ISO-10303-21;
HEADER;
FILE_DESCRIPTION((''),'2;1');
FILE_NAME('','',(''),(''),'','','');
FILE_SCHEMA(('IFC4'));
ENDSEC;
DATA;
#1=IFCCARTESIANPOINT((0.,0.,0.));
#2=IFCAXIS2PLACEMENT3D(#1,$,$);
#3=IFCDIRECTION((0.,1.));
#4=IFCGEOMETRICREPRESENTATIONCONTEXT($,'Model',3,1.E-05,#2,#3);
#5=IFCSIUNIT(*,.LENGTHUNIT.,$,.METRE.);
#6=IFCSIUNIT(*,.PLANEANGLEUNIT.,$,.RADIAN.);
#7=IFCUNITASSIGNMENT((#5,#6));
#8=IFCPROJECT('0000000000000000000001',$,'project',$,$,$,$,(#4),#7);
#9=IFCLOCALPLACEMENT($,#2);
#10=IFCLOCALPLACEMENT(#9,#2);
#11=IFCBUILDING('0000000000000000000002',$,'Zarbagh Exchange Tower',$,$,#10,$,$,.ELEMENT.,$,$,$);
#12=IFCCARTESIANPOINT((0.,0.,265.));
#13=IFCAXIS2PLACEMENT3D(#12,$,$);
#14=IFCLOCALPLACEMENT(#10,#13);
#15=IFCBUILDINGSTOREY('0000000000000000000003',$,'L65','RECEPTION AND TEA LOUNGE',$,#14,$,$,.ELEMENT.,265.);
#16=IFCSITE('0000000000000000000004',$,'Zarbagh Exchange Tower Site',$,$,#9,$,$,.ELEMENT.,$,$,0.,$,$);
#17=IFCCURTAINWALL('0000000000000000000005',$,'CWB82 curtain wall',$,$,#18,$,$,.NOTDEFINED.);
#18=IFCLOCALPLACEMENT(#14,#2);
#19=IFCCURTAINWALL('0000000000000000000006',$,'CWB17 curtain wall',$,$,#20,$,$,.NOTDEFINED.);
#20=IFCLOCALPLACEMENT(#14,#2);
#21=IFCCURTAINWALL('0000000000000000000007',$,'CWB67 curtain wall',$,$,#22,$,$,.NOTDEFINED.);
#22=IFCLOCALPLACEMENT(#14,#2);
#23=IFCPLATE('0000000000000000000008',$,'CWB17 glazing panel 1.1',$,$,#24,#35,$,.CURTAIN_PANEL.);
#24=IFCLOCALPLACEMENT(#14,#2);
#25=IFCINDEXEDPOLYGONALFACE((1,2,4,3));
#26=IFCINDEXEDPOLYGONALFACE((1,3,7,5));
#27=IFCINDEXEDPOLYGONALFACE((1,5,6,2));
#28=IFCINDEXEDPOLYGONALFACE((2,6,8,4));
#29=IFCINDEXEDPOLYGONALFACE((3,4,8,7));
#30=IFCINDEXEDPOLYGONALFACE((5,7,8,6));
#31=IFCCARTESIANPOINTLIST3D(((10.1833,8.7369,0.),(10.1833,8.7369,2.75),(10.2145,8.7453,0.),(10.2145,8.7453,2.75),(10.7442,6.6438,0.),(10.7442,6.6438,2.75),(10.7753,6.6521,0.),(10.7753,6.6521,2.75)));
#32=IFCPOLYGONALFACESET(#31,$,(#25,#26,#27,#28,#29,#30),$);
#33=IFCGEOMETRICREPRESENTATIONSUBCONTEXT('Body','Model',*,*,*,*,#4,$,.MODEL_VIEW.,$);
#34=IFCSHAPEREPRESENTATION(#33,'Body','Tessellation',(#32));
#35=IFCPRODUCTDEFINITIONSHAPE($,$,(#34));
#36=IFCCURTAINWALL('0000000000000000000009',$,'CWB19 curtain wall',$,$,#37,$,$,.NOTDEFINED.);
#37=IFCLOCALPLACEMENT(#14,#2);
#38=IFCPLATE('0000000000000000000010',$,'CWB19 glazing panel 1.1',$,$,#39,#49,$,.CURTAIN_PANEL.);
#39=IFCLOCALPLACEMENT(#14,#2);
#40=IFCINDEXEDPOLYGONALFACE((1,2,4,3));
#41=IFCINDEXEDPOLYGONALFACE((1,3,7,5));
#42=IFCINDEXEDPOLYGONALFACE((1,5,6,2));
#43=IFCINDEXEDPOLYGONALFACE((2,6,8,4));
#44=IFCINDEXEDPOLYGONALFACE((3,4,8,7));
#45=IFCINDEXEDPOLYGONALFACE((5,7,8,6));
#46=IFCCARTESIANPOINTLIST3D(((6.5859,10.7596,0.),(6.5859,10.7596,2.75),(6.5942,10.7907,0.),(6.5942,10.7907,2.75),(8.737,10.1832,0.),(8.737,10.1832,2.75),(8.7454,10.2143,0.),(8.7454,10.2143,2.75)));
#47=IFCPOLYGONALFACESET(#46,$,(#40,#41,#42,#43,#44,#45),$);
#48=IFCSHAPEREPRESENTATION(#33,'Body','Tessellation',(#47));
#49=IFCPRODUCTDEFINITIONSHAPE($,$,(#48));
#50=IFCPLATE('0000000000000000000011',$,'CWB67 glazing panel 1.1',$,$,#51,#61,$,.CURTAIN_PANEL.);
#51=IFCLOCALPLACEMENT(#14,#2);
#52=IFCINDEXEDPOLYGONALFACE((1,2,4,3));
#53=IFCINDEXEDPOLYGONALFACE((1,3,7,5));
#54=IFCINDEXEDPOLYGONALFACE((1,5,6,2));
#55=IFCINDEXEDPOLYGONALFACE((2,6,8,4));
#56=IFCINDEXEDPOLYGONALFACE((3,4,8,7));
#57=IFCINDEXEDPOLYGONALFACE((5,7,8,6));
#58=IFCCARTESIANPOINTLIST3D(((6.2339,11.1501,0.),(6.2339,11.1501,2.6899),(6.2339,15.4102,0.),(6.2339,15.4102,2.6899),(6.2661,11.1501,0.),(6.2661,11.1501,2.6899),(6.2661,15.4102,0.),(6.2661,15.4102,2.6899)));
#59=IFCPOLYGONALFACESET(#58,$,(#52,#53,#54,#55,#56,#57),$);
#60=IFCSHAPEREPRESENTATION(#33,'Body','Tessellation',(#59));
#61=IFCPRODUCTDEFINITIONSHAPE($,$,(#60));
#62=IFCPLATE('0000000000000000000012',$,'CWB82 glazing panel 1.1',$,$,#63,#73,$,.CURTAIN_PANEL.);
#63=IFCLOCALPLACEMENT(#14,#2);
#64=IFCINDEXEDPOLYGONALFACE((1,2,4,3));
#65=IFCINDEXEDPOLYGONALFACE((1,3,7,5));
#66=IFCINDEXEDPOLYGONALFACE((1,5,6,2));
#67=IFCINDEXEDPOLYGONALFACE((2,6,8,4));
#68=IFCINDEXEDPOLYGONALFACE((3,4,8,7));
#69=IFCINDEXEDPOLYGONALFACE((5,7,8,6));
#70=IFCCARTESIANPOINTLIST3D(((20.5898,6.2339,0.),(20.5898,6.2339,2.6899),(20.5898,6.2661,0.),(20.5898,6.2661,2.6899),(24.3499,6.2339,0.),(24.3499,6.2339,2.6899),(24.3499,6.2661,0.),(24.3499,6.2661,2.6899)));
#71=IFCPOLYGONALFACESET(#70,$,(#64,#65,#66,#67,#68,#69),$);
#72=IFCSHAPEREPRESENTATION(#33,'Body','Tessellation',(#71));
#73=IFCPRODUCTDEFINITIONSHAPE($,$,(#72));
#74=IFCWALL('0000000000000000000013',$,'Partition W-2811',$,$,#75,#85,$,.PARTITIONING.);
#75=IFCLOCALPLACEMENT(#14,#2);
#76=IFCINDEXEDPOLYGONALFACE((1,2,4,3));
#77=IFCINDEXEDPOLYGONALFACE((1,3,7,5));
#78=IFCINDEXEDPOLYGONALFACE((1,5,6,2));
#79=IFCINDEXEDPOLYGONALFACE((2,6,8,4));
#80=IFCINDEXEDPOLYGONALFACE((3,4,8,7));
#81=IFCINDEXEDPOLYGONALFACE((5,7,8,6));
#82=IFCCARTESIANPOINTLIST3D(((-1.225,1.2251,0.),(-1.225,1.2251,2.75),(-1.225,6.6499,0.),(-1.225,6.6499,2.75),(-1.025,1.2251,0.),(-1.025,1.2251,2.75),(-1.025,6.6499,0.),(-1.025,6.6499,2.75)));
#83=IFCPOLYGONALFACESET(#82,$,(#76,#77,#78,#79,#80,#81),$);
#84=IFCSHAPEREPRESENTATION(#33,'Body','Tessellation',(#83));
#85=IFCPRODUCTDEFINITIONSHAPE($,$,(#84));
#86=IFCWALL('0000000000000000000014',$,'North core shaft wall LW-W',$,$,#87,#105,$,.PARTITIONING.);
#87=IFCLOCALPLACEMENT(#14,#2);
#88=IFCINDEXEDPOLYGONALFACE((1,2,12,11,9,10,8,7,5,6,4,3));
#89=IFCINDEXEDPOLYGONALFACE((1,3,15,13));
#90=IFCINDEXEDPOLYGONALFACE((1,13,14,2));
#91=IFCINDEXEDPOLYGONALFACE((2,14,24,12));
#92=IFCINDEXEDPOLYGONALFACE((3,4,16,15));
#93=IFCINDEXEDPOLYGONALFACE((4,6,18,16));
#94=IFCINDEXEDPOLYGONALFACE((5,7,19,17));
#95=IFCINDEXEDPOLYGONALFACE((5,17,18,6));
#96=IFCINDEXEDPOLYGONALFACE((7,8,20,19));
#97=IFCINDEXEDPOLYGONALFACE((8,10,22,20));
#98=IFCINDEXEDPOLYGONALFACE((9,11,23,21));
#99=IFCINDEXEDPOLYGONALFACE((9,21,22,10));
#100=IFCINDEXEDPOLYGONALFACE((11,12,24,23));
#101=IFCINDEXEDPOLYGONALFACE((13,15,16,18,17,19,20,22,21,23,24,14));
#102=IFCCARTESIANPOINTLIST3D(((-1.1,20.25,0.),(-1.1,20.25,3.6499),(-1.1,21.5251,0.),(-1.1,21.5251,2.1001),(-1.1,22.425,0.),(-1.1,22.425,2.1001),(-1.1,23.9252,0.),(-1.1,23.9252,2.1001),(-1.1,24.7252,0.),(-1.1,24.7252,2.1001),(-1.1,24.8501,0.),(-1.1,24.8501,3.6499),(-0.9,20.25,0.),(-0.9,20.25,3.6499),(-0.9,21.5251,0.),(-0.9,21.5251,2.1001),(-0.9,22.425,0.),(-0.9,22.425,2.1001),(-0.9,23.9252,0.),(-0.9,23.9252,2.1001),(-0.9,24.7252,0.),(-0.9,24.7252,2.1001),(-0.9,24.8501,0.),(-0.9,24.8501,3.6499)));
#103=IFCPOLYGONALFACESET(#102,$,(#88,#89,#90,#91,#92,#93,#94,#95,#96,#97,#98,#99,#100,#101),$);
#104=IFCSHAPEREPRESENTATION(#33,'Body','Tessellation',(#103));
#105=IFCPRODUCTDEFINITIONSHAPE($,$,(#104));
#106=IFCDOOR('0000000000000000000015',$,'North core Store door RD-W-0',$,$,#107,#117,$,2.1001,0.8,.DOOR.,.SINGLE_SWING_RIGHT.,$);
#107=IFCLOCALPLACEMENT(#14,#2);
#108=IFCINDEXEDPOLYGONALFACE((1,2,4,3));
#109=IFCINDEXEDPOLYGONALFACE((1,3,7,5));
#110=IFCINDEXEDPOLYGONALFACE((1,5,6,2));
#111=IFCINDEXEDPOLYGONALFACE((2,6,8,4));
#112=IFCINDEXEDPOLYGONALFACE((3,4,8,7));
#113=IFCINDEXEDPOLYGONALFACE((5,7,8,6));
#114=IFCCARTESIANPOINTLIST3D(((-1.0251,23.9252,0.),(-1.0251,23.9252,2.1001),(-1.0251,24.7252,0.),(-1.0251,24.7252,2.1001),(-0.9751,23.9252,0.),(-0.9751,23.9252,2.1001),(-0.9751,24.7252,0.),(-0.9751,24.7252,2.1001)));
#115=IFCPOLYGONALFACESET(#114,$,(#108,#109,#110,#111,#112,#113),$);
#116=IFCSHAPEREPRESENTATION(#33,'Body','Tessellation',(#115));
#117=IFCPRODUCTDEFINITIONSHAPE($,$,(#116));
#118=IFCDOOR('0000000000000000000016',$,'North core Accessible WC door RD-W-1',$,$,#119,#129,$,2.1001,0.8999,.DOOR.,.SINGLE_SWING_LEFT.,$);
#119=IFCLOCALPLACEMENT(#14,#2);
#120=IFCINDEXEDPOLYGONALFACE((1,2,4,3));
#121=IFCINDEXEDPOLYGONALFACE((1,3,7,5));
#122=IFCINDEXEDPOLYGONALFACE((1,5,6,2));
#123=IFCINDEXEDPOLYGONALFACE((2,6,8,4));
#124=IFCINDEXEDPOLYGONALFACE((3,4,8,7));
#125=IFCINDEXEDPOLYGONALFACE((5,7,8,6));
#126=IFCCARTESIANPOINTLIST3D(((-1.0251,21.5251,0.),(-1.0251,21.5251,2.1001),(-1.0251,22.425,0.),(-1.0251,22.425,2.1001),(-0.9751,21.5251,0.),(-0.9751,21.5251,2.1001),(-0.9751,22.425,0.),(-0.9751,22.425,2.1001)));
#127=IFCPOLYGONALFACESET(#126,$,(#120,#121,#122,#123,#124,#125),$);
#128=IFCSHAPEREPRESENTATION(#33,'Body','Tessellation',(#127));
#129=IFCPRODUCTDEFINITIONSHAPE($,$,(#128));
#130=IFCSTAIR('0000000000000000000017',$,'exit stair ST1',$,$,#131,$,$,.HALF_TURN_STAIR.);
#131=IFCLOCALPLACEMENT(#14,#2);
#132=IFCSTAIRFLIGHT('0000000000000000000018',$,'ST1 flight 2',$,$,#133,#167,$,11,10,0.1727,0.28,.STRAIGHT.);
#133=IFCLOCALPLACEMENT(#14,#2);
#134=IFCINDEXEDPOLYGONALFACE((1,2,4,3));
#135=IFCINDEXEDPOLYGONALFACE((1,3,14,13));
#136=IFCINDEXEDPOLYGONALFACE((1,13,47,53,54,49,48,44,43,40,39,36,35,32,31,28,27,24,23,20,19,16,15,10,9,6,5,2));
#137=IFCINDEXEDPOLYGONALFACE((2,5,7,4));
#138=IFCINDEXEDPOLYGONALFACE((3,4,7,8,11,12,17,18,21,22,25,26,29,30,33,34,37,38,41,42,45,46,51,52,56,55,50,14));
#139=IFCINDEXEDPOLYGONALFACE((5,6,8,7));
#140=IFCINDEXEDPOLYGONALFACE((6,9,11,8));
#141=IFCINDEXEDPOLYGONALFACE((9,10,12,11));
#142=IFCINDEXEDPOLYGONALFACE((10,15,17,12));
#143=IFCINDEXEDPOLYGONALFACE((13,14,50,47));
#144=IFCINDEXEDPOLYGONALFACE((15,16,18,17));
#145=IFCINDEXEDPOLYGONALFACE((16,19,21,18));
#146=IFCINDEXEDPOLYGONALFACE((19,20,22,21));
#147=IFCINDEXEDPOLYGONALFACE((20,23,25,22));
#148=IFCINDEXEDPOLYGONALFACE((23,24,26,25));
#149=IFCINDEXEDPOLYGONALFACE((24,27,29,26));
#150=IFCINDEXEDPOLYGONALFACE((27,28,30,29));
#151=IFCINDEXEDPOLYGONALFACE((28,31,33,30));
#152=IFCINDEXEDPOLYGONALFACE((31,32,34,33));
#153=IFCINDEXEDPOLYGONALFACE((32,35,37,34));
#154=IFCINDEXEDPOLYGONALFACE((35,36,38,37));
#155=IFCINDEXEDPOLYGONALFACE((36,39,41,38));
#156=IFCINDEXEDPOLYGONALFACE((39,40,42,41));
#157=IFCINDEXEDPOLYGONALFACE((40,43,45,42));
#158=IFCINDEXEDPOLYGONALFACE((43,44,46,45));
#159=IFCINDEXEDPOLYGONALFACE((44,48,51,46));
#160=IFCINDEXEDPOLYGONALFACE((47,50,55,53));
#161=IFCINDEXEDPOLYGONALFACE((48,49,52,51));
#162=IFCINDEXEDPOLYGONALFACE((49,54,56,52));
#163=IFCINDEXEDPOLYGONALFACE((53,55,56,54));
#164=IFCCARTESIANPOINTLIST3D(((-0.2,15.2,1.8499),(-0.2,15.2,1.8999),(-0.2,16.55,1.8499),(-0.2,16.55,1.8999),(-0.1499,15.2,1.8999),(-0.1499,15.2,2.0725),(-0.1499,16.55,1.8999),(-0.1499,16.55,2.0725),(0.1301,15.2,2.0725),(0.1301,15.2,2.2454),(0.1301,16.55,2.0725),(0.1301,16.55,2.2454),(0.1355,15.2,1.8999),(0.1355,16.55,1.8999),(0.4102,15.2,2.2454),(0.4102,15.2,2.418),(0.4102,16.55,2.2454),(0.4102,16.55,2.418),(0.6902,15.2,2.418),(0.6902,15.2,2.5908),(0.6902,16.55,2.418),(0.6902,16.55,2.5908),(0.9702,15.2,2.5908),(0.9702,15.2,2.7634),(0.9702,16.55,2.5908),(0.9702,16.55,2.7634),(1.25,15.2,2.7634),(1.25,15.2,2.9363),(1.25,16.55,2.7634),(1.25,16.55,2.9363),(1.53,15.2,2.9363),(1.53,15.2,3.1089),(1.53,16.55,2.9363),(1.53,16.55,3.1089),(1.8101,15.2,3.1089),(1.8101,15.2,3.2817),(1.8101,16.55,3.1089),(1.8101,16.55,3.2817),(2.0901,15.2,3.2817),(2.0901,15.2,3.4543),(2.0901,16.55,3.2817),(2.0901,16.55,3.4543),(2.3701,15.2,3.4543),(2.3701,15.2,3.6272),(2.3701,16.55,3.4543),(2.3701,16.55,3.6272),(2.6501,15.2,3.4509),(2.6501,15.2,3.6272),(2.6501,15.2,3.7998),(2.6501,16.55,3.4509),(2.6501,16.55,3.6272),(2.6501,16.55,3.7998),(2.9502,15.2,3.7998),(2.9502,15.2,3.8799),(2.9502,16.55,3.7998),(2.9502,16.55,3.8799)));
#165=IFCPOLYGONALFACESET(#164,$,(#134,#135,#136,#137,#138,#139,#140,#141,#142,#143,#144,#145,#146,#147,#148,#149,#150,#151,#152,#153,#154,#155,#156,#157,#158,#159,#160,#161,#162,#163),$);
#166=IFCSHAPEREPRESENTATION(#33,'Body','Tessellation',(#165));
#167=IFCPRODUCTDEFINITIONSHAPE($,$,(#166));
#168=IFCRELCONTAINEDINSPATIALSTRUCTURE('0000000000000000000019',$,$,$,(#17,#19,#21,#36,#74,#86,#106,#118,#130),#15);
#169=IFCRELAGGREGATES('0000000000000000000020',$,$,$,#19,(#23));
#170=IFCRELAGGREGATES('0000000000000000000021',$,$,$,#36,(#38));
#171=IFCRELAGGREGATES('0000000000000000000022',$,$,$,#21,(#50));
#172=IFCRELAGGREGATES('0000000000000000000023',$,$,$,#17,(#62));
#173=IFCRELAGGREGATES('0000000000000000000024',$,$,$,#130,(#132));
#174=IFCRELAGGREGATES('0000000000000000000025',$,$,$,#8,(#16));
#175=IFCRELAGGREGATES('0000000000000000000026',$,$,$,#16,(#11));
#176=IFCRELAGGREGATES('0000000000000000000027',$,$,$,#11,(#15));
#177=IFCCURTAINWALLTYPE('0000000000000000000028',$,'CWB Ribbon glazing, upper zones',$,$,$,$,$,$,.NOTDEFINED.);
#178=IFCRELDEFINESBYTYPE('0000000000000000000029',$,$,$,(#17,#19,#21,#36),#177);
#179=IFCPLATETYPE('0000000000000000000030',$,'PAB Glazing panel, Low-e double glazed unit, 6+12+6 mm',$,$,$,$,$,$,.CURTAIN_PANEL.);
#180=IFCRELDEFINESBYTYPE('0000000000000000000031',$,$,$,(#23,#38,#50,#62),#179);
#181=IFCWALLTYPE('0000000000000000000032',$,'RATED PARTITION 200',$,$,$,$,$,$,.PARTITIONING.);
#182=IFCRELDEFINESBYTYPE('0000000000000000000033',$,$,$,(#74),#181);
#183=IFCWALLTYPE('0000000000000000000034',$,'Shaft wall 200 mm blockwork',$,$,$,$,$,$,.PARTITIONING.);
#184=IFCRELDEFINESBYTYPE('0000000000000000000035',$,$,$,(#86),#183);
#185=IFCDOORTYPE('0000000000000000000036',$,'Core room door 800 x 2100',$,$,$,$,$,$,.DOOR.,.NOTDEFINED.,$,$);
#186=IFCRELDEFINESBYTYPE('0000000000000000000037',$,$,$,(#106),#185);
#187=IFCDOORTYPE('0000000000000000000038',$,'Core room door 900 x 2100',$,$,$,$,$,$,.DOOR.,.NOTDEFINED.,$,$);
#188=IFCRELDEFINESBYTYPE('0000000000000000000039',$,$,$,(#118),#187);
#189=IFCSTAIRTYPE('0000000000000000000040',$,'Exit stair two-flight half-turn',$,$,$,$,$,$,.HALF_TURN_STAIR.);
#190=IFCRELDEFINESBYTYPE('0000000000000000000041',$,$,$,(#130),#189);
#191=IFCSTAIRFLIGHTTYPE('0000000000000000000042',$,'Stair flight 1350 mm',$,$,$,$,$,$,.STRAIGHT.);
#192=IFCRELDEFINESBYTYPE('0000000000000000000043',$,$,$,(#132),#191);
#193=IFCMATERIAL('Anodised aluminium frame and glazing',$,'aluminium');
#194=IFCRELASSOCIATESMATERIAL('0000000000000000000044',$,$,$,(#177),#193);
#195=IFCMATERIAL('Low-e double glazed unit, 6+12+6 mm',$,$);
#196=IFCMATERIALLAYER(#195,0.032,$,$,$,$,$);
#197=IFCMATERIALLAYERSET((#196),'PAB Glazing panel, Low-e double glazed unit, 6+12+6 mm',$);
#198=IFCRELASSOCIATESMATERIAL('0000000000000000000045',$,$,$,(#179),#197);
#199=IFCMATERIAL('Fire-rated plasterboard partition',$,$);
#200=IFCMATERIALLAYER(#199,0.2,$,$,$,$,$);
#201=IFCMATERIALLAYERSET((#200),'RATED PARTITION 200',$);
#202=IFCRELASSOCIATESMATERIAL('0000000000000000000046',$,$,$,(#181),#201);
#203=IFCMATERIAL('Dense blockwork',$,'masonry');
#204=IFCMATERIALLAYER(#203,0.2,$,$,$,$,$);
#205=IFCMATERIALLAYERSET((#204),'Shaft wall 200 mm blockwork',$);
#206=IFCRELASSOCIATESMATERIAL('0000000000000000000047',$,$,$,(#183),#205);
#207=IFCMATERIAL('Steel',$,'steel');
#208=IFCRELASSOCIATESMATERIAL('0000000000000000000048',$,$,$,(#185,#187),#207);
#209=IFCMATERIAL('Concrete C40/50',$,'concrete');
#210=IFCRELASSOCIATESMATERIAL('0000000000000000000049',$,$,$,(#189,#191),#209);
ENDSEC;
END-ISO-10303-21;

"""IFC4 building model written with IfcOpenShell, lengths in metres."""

from ifc_helpers import new_model, si_unit, direction, frame, frame_2d, origin, place, context, subcontext, project, spatial, polyline, rectangle, outline, extrude, source, transform, mapped, material, layer, layer_set, type_object, element, fill, aggregate, save


model = new_model("IFC4")

# Units and contexts
model_context = context("Model", 3, precision=1e-05, world=origin(), true_north=direction((0.0, 1.0)))
body_context = subcontext(model_context, "Body", "Model", "MODEL_VIEW")
ifc_project = project(units=[si_unit("LENGTHUNIT", "METRE"), si_unit("PLANEANGLEUNIT", "RADIAN")], contexts=[model_context])

# Site, building, storey
site_placement = place(None, origin())
site = spatial("IfcSite", under=ifc_project, at=site_placement, Name="Zarbagh Exchange Tower Site", CompositionType="ELEMENT", RefElevation=0.0)
building_placement = place(site_placement, origin())
building = spatial("IfcBuilding", under=site, at=building_placement, Name="Zarbagh Exchange Tower", CompositionType="ELEMENT")
storey_placement = place(building_placement, frame((0.0, 0.0, 265.0)))
storey = spatial("IfcBuildingStorey", under=building, at=storey_placement, Name="L65", Description="RECEPTION AND TEA LOUNGE", CompositionType="ELEMENT", Elevation=265.0)

# Curtain wall
ifc_material_1 = material(Name="Anodised aluminium frame and glazing", Category="aluminium")
curtain_wall_type = type_object("IfcCurtainWallType", Name="CWB Ribbon glazing, upper zones", PredefinedType="NOTDEFINED", material=ifc_material_1)
curtain_wall_1_placement = place(storey_placement, origin())
curtain_wall_1 = element("IfcCurtainWall", 1, at=curtain_wall_1_placement, inside=storey, type_object=curtain_wall_type, Name="CWB82 curtain wall", PredefinedType="NOTDEFINED")
placement = place(storey_placement, origin())

# Curtain wall
curtain_wall_2_placement = place(storey_placement, origin())
curtain_wall_2 = element("IfcCurtainWall", 2, at=curtain_wall_2_placement, inside=storey, type_object=curtain_wall_type, Name="CWB17 curtain wall", PredefinedType="NOTDEFINED")

# Curtain wall
curtain_wall_3_placement = place(storey_placement, origin())
curtain_wall_3 = element("IfcCurtainWall", 3, at=curtain_wall_3_placement, inside=storey, type_object=curtain_wall_type, Name="CWB67 curtain wall", PredefinedType="NOTDEFINED")

# Shared definitions
ifc_material_2 = material(Name="Low-e double glazed unit, 6+12+6 mm")
ifc_layer_1 = layer(ifc_material_2, 0.032)
ifc_layer_set_1 = layer_set([ifc_layer_1], Name="PAB Glazing panel, Low-e double glazed unit, 6+12+6 mm")
plate_type = type_object("IfcPlateType", Name="PAB Glazing panel, Low-e double glazed unit, 6+12+6 mm", PredefinedType="CURTAIN_PANEL", material=ifc_layer_set_1)

# Plate
shared_shape_1 = source(origin(), body_context, "Body", "SweptSolid", [
    extrude(outline(polyline([(0.0, -0.0161), (2.167, -0.0161), (2.167, 0.0161), (0.0, 0.0161), (0.0, -0.0161)])), origin(), (0.0, 0.0, 1.0), 2.75),
])
plate_1 = element("IfcPlate", 4, at=placement, type_object=plate_type, Name="CWB17 glazing panel 1.1", PredefinedType="CURTAIN_PANEL", context=body_context, shape_type="MappedRepresentation", body=[
    mapped(shared_shape_1, transform((10.7598, 6.6479, 0.0), x_axis=(-0.258825, 0.965924, 0.0), y_axis=(-0.965924, -0.258825, 0.0), z_axis=(0.0, 0.0, 1.0))),
])
aggregate(curtain_wall_2, [plate_1])

# Curtain wall, plate
curtain_wall_4_placement = place(storey_placement, origin())
curtain_wall_4 = element("IfcCurtainWall", 5, at=curtain_wall_4_placement, inside=storey, type_object=curtain_wall_type, Name="CWB19 curtain wall", PredefinedType="NOTDEFINED")
shared_shape_2 = source(origin(), body_context, "Body", "SweptSolid", [
    extrude(outline(polyline([(0.0, -0.0161), (2.2271, -0.0161), (2.2271, 0.0161), (0.0, 0.0161), (0.0, -0.0161)])), origin(), (0.0, 0.0, 1.0), 2.75),
])
plate_2 = element("IfcPlate", 6, at=placement, type_object=plate_type, Name="CWB19 glazing panel 1.1", PredefinedType="CURTAIN_PANEL", context=body_context, shape_type="MappedRepresentation", body=[
    mapped(shared_shape_2, transform((8.7412, 10.1987, 0.0), x_axis=(-0.965924, 0.258825, 0.0), y_axis=(-0.258825, -0.965924, 0.0), z_axis=(0.0, 0.0, 1.0))),
])
aggregate(curtain_wall_4, [plate_2])

# Plates
shared_shape_3 = source(origin(), body_context, "Body", "SweptSolid", [
    extrude(outline(polyline([(0.0, -0.0161), (4.26, -0.0161), (4.26, 0.0161), (0.0, 0.0161), (0.0, -0.0161)])), origin(), (0.0, 0.0, 1.0), 2.6899),
])
plate_3 = element("IfcPlate", 7, at=placement, type_object=plate_type, Name="CWB67 glazing panel 1.1", PredefinedType="CURTAIN_PANEL", context=body_context, shape_type="MappedRepresentation", body=[
    mapped(shared_shape_3, transform((6.25, 11.1501, 0.0), x_axis=(0.0, 1.0, 0.0), y_axis=(-1.0, 0.0, 0.0), z_axis=(0.0, 0.0, 1.0))),
])
aggregate(curtain_wall_3, [plate_3])
shared_shape_4 = source(origin(), body_context, "Body", "SweptSolid", [
    extrude(outline(polyline([(0.0, -0.0161), (3.76, -0.0161), (3.76, 0.0161), (0.0, 0.0161), (0.0, -0.0161)])), origin(), (0.0, 0.0, 1.0), 2.6899),
])
plate_4 = element("IfcPlate", 8, at=placement, type_object=plate_type, Name="CWB82 glazing panel 1.1", PredefinedType="CURTAIN_PANEL", context=body_context, shape_type="MappedRepresentation", body=[
    mapped(shared_shape_4, transform((24.3499, 6.25, 0.0), x_axis=(-1.0, 0.0, 0.0), y_axis=(0.0, -1.0, 0.0), z_axis=(0.0, 0.0, 1.0))),
])
aggregate(curtain_wall_1, [plate_4])

# Wall
ifc_material_3 = material(Name="Fire-rated plasterboard partition")
ifc_layer_2 = layer(ifc_material_3, 0.2)
ifc_layer_set_2 = layer_set([ifc_layer_2], Name="RATED PARTITION 200")
wall_type_1 = type_object("IfcWallType", Name="RATED PARTITION 200", PredefinedType="PARTITIONING", material=ifc_layer_set_2)
wall_1_placement = place(storey_placement, frame((-1.125, 1.2251, 0.0), z_axis=(0.0, 0.0, 1.0), x_axis=(0.0, 1.0, 0.0)))
element("IfcWall", 9, at=wall_1_placement, inside=storey, type_object=wall_type_1, Name="Partition W-2811", PredefinedType="PARTITIONING", context=body_context, shape_type="SweptSolid", body=[
    extrude(rectangle(XDim=5.4248, YDim=0.2, at=frame_2d((2.7124, 0.0))), origin(), (0.0, 0.0, 1.0), 2.75),
])

# Wall, openings, doors
ifc_material_4 = material(Name="Dense blockwork", Category="masonry")
ifc_layer_3 = layer(ifc_material_4, 0.2)
ifc_layer_set_3 = layer_set([ifc_layer_3], Name="Shaft wall 200 mm blockwork")
wall_type_2 = type_object("IfcWallType", Name="Shaft wall 200 mm blockwork", PredefinedType="PARTITIONING", material=ifc_layer_set_3)
wall_2_placement = place(storey_placement, frame((-1.0, 24.8501, 0.0), z_axis=(0.0, 0.0, 1.0), x_axis=(0.0, -1.0, 0.0)))
wall_2 = element("IfcWall", 10, at=wall_2_placement, inside=storey, type_object=wall_type_2, Name="North core shaft wall LW-W", PredefinedType="PARTITIONING", context=body_context, shape_type="SweptSolid", body=[
    extrude(rectangle(XDim=4.6001, YDim=0.2, at=frame_2d((2.3, 0.0))), origin(), (0.0, 0.0, 1.0), 3.6499),
])
opening_1_placement = place(wall_2_placement, frame((0.125, 0.0, 0.0)))
opening_1 = element("IfcOpeningElement", 11, at=opening_1_placement, cuts=wall_2, PredefinedType="OPENING", context=body_context, shape_type="SweptSolid", body=[
    extrude(rectangle(XDim=0.8, YDim=2.1001, at=frame_2d((0.3999, 1.05))), frame((0.0, 0.1099, 0.0), z_axis=(0.0, -1.0, 0.0), x_axis=(1.0, 0.0, 0.0)), (0.0, 0.0, 1.0), 0.22),
])
opening_2_placement = place(wall_2_placement, frame((2.425, 0.0, 0.0)))
opening_2 = element("IfcOpeningElement", 12, at=opening_2_placement, cuts=wall_2, PredefinedType="OPENING", context=body_context, shape_type="SweptSolid", body=[
    extrude(rectangle(XDim=0.8999, YDim=2.1001, at=frame_2d((0.45, 1.05))), frame((0.0, 0.1099, 0.0), z_axis=(0.0, -1.0, 0.0), x_axis=(1.0, 0.0, 0.0)), (0.0, 0.0, 1.0), 0.22),
])
ifc_material_5 = material(Name="Steel", Category="steel")
door_type_1 = type_object("IfcDoorType", Name="Core room door 800 x 2100", OperationType="NOTDEFINED", PredefinedType="DOOR", material=ifc_material_5)
door_1_placement = place(opening_1_placement, origin())
door_1 = element("IfcDoor", 13, at=door_1_placement, inside=storey, type_object=door_type_1, Name="North core Store door RD-W-0", OperationType="SINGLE_SWING_RIGHT", OverallHeight=2.1001, OverallWidth=0.8, PredefinedType="DOOR", context=body_context, shape_type="SweptSolid", body=[
    extrude(rectangle(XDim=0.8, YDim=2.1001, at=frame_2d((0.3999, 1.05))), frame((0.0, 0.0249, 0.0), z_axis=(0.0, -1.0, 0.0), x_axis=(1.0, 0.0, 0.0)), (0.0, 0.0, 1.0), 0.05),
])
fill(opening_1, door_1)
door_type_2 = type_object("IfcDoorType", Name="Core room door 900 x 2100", OperationType="NOTDEFINED", PredefinedType="DOOR", material=ifc_material_5)
door_2_placement = place(opening_2_placement, origin())
door_2 = element("IfcDoor", 14, at=door_2_placement, inside=storey, type_object=door_type_2, Name="North core Accessible WC door RD-W-1", OperationType="SINGLE_SWING_LEFT", OverallHeight=2.1001, OverallWidth=0.8999, PredefinedType="DOOR", context=body_context, shape_type="SweptSolid", body=[
    extrude(rectangle(XDim=0.8999, YDim=2.1001, at=frame_2d((0.45, 1.05))), frame((0.0, 0.0249, 0.0), z_axis=(0.0, -1.0, 0.0), x_axis=(1.0, 0.0, 0.0)), (0.0, 0.0, 1.0), 0.05),
])
fill(opening_2, door_2)

# Stair, stair flight
ifc_material_6 = material(Name="Concrete C40/50", Category="concrete")
stair_type = type_object("IfcStairType", Name="Exit stair two-flight half-turn", PredefinedType="HALF_TURN_STAIR", material=ifc_material_6)
stair_placement = place(storey_placement, origin())
stair = element("IfcStair", 15, at=stair_placement, inside=storey, type_object=stair_type, Name="exit stair ST1", PredefinedType="HALF_TURN_STAIR")
stair_flight_type = type_object("IfcStairFlightType", Name="Stair flight 1350 mm", PredefinedType="STRAIGHT", material=ifc_material_6)
stair_flight_placement = place(storey_placement, frame((-0.1499, 15.875, 1.8999), z_axis=(0.0, 0.0, 1.0), x_axis=(1.0, 0.0, 0.0)))
stair_flight = element("IfcStairFlight", 16, at=stair_flight_placement, type_object=stair_flight_type, Name="ST1 flight 2", NumberOfRisers=11, NumberOfTreads=10, PredefinedType="STRAIGHT", RiserHeight=0.1727, TreadLength=0.28, context=body_context, shape_type="SweptSolid", body=[
    extrude(outline(polyline([(-0.05, -0.05), (-0.05, 0.0), (0.0, 0.0), (0.0, 0.1726), (0.28, 0.1726), (0.28, 0.3455), (0.5601, 0.3455), (0.5601, 0.5181), (0.8401, 0.5181), (0.8401, 0.6909), (1.1201, 0.6909), (1.1201, 0.8635), (1.3999, 0.8635), (1.3999, 1.0364), (1.6799, 1.0364), (1.6799, 1.209), (1.96, 1.209), (1.96, 1.3818), (2.24, 1.3818), (2.24, 1.5544), (2.52, 1.5544), (2.52, 1.7273), (2.8, 1.7273), (2.8, 1.8999), (3.1001, 1.98), (3.1001, 1.8999), (2.8, 1.551), (0.2854, 0.0), (-0.05, -0.05)])), frame((0.0, 0.675, 0.0), z_axis=(0.0, -1.0, 0.0), x_axis=(1.0, 0.0, 0.0)), (0.0, 0.0, 1.0), 1.3501),
])
aggregate(stair, [stair_flight])

save(model, "model.ifc")
